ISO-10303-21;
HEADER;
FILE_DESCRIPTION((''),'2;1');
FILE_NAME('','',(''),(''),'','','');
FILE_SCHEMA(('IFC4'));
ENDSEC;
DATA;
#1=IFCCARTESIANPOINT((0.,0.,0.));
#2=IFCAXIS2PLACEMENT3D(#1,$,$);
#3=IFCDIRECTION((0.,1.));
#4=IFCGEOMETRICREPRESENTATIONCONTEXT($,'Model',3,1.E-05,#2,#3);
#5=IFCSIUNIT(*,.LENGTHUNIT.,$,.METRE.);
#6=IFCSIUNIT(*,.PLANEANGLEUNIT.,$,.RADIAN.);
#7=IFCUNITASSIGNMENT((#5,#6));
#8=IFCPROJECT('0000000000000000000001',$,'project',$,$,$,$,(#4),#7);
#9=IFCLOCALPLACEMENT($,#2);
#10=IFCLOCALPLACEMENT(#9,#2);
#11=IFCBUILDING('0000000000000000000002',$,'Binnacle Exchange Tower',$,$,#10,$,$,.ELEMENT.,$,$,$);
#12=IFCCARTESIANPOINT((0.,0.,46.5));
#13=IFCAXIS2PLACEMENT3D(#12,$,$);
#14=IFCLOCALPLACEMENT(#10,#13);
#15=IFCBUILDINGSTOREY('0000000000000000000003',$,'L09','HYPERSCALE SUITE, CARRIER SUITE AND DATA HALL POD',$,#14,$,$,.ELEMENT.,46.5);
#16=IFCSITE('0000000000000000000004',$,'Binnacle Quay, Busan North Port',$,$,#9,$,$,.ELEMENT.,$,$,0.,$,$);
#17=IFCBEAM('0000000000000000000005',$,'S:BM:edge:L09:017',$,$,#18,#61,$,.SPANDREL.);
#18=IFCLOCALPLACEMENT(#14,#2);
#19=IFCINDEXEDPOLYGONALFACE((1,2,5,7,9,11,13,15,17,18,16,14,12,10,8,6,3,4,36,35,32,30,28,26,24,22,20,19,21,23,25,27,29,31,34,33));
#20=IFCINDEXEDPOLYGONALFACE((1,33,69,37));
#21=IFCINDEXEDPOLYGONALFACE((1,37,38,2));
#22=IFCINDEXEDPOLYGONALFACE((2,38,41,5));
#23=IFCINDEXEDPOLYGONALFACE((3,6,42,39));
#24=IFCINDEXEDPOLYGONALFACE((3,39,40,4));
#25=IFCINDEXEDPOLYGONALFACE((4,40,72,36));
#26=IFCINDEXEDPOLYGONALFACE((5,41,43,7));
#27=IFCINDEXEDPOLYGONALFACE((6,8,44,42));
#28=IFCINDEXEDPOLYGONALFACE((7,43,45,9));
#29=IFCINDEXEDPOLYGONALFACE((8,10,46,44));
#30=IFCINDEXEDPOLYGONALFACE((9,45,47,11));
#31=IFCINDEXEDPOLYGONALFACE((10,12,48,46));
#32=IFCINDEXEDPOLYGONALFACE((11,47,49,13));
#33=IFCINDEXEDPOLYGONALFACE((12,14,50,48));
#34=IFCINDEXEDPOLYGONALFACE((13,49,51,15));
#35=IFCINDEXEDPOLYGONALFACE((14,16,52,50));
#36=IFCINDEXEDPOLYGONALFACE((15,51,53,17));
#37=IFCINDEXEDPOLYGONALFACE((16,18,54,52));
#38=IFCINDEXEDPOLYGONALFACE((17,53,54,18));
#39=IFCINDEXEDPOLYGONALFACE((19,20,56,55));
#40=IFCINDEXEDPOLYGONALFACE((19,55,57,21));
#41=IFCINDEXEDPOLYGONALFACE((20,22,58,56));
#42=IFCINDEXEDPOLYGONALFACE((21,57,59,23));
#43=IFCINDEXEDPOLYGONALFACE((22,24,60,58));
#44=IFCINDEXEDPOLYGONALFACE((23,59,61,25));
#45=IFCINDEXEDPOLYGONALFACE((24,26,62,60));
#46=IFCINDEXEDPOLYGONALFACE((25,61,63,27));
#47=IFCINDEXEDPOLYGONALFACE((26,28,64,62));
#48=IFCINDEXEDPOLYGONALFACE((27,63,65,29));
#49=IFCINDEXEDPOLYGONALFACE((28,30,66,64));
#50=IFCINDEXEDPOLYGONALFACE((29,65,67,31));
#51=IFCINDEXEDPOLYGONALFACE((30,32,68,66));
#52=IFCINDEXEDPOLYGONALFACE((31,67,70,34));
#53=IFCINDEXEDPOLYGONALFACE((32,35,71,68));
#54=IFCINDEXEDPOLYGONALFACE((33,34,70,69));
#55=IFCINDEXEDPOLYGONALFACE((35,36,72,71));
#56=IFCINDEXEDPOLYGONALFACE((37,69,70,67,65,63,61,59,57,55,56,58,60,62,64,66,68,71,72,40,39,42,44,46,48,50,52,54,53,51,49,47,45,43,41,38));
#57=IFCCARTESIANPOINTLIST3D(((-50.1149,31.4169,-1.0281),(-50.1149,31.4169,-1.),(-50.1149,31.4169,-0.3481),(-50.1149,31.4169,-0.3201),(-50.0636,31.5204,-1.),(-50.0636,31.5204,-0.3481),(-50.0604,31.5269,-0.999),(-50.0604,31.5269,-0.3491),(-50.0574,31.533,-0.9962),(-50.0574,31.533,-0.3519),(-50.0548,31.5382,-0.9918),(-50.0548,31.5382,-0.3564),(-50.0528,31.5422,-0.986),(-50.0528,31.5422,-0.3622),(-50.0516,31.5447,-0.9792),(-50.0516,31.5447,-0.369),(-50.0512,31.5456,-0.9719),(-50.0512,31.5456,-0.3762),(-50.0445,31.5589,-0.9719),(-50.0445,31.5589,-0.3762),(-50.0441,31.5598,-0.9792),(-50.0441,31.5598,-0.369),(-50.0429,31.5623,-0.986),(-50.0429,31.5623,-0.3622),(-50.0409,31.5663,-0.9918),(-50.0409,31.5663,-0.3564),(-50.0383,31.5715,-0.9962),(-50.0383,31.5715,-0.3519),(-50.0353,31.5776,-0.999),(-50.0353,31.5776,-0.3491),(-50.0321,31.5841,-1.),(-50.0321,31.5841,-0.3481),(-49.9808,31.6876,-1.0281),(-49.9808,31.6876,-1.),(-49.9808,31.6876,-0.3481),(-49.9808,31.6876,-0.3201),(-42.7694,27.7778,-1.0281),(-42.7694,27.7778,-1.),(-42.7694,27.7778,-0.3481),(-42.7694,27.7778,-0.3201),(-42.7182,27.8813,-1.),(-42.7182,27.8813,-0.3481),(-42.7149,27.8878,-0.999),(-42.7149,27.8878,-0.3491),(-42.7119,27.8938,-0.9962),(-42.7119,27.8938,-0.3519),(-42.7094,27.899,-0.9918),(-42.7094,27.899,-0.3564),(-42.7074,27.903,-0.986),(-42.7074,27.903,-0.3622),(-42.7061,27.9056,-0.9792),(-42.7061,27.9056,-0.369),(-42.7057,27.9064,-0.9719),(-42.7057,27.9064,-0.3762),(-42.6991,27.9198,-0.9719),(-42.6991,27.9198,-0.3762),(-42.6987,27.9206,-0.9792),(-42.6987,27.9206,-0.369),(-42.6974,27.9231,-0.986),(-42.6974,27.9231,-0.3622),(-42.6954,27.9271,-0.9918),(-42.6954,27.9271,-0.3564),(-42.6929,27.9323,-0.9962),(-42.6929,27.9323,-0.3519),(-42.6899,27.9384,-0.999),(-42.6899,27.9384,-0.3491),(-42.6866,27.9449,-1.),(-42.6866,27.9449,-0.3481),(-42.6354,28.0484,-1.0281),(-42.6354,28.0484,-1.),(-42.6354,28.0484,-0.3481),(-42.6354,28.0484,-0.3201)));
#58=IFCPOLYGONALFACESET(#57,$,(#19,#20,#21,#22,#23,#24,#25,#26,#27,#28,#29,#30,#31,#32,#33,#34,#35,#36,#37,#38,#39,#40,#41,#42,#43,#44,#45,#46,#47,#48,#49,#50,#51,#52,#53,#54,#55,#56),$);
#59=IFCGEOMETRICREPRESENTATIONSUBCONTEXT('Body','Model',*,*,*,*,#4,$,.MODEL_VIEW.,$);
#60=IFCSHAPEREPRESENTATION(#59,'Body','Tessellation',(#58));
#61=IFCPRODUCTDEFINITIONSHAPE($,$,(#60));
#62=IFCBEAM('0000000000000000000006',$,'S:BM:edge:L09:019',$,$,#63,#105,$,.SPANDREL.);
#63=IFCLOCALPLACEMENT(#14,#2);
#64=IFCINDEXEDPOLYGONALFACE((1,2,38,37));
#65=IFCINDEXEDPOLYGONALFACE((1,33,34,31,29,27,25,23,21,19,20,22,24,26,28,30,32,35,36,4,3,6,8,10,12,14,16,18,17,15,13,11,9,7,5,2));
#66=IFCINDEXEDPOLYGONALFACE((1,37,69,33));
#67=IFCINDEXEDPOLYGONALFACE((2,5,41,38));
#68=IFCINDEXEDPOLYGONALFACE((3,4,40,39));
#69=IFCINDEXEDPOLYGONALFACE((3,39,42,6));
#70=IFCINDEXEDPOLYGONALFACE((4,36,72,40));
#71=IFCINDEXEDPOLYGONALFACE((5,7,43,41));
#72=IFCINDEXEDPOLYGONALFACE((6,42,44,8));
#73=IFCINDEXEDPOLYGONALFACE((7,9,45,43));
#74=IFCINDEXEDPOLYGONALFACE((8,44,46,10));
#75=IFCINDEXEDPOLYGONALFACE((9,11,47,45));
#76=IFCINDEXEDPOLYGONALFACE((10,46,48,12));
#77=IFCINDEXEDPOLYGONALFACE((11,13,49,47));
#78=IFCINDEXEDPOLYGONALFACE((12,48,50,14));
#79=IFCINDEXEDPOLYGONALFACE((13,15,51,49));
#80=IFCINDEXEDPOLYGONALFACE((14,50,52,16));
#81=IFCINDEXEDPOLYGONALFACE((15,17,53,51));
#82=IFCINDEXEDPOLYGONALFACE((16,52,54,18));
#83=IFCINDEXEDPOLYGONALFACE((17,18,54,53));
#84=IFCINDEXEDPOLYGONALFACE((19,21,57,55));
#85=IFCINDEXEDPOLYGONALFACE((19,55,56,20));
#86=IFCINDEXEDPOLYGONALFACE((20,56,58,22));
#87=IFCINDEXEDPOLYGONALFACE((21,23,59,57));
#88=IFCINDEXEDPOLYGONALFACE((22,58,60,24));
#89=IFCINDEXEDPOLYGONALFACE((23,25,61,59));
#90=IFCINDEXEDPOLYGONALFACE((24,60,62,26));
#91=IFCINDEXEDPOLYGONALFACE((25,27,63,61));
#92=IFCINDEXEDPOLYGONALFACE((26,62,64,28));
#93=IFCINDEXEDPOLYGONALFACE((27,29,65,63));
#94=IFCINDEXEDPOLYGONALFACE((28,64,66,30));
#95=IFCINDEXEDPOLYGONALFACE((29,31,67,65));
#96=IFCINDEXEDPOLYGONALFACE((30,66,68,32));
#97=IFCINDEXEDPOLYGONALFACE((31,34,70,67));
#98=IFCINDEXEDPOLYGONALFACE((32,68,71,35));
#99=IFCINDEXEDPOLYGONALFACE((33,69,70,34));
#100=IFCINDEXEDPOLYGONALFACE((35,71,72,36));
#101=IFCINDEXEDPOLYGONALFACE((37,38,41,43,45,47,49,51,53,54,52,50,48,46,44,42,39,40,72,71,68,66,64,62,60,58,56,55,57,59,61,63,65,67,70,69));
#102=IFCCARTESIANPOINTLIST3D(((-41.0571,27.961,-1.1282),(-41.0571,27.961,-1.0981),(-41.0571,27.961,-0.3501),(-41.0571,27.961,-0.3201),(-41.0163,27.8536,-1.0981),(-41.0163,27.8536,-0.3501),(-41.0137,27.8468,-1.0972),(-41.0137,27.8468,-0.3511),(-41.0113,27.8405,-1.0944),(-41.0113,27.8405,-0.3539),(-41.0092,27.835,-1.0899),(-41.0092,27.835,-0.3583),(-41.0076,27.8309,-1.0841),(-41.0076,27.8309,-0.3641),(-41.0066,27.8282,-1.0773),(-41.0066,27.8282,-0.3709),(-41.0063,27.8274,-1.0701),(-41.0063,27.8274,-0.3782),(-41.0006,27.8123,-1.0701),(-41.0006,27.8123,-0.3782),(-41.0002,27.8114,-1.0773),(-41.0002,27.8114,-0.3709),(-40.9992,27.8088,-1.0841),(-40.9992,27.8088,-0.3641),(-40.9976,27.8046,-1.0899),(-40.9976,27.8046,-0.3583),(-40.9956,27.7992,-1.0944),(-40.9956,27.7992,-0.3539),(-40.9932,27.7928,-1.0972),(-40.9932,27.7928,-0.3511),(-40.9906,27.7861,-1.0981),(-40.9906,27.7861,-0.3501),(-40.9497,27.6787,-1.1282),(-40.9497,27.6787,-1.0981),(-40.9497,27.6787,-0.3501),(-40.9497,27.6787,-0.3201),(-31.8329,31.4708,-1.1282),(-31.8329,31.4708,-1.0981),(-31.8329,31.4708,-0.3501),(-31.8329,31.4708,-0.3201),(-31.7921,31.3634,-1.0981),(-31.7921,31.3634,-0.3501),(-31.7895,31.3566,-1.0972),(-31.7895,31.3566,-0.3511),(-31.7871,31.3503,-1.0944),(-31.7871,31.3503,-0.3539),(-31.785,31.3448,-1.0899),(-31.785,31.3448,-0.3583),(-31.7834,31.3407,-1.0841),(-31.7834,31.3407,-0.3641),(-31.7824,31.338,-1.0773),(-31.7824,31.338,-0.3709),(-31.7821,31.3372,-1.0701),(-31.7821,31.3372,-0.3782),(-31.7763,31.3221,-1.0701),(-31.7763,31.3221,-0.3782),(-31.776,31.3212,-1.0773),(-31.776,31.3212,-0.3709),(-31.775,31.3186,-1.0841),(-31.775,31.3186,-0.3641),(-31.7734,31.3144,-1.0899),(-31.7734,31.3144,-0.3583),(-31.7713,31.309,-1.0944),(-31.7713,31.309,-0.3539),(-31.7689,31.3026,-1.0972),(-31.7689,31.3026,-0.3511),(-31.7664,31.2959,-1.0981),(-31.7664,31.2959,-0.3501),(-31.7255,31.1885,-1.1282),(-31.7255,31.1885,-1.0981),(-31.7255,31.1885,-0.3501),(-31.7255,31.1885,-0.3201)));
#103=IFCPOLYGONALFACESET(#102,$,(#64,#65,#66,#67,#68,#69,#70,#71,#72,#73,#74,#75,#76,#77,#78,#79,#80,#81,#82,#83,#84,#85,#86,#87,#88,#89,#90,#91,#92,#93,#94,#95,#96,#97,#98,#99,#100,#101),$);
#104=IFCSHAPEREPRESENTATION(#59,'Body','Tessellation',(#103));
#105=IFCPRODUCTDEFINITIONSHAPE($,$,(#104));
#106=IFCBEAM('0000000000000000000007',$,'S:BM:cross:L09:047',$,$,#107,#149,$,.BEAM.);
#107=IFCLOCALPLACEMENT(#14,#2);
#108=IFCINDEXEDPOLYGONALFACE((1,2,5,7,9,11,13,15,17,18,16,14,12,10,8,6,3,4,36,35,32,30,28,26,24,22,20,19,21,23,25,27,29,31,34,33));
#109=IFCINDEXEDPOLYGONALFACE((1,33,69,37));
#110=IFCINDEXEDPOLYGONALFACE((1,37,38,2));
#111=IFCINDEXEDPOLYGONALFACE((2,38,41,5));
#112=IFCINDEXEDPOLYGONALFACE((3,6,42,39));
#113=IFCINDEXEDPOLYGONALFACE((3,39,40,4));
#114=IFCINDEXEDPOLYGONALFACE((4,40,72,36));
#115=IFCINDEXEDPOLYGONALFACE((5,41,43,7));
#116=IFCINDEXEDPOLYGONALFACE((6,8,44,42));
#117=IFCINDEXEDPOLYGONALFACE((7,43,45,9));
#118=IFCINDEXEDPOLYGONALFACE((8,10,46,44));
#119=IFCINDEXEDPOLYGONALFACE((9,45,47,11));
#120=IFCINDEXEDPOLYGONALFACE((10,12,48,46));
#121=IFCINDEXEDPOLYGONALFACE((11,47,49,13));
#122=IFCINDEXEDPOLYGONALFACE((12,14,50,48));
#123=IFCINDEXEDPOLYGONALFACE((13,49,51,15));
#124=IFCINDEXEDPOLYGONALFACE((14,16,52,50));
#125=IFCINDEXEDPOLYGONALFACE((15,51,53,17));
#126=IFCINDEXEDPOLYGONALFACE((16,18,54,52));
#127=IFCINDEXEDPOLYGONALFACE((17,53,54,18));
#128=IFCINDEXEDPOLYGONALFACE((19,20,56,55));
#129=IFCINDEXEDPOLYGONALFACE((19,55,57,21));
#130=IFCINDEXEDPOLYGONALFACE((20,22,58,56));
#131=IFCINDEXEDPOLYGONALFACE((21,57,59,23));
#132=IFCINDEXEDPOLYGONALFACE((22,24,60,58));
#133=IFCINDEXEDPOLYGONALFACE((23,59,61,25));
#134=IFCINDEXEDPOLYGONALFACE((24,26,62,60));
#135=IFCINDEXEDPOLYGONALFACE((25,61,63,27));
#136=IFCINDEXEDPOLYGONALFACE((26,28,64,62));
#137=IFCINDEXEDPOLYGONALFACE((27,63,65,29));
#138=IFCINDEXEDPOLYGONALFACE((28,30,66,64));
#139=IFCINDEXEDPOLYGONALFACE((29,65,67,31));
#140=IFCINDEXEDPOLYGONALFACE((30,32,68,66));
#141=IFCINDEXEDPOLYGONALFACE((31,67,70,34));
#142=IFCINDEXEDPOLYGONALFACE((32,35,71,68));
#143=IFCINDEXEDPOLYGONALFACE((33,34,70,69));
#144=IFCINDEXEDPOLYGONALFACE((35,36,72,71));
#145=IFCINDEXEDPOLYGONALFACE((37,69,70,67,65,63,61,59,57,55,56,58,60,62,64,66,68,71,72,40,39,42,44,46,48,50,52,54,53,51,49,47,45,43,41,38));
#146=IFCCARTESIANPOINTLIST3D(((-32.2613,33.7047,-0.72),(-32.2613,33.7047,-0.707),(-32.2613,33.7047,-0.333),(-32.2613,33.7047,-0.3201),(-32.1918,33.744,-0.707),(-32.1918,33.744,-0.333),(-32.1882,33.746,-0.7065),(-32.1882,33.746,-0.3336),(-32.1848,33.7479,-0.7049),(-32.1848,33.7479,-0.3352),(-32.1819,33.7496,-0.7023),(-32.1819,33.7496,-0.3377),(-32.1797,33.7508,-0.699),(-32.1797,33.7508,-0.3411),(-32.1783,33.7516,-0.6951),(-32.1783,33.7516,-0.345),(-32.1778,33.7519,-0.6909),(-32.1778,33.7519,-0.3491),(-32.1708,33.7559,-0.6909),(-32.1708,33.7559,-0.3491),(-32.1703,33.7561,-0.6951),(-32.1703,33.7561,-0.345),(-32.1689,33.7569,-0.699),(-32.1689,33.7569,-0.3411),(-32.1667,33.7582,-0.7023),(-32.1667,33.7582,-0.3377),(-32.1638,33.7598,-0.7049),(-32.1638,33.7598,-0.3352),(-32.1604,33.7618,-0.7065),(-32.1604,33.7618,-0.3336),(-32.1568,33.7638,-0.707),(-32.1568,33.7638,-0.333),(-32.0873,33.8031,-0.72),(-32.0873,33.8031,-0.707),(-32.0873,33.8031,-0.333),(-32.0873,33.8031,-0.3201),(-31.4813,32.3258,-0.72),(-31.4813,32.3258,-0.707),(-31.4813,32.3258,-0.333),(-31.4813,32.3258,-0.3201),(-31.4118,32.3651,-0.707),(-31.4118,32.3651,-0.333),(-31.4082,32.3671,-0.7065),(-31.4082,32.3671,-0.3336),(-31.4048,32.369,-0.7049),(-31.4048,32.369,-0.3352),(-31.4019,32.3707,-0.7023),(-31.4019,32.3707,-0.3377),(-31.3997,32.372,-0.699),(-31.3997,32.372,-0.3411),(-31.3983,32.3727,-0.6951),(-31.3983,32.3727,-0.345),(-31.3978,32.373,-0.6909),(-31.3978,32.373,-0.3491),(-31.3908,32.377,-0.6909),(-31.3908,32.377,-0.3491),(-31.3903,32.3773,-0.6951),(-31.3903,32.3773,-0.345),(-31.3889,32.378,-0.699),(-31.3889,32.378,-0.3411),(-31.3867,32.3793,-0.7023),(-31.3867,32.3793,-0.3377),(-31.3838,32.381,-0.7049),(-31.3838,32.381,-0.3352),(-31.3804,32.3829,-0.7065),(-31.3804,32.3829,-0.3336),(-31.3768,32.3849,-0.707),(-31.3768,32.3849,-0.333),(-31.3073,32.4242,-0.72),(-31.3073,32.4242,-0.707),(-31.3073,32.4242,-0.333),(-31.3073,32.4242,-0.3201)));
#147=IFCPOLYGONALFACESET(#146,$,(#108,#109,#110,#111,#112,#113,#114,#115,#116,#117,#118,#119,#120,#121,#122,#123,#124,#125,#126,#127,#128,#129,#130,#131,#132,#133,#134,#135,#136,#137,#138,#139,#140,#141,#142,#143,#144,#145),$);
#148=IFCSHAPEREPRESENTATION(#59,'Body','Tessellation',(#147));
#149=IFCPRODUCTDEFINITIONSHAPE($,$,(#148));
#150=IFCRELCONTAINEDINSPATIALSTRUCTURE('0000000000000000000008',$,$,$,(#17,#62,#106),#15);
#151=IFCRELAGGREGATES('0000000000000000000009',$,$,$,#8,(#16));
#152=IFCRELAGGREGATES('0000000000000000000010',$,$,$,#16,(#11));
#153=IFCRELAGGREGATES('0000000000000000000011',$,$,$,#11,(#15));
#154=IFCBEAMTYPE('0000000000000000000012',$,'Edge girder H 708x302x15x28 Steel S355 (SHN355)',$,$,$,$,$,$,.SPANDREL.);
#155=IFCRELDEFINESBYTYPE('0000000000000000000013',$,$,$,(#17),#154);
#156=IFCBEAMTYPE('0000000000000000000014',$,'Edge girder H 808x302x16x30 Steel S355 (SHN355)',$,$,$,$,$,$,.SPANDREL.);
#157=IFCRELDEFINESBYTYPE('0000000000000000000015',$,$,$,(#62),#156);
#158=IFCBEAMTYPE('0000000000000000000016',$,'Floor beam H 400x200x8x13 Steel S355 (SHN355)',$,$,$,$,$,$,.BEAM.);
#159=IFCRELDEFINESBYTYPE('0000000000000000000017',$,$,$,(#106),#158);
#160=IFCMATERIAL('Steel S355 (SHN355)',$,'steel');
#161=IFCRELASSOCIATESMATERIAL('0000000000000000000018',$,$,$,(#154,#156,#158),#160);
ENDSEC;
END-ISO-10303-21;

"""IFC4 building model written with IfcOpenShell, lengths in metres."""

from ifc_helpers import new_model, si_unit, direction, frame, origin, origin_2d, place, context, subcontext, project, spatial, i_section, extrude, material, material_profile, profile_set, type_object, element, save


model = new_model("IFC4")

# Units and contexts
model_context = context("Model", 3, precision=1e-05, world=origin(), true_north=direction((0.0, 1.0)))
body_context = subcontext(model_context, "Body", "Model", "MODEL_VIEW")
ifc_project = project(units=[si_unit("LENGTHUNIT", "METRE"), si_unit("PLANEANGLEUNIT", "RADIAN")], contexts=[model_context])

# Site, building, storey
site_placement = place(None, origin())
site = spatial("IfcSite", under=ifc_project, at=site_placement, Name="Binnacle Quay, Busan North Port", CompositionType="ELEMENT", RefElevation=0.0)
building_placement = place(site_placement, origin())
building = spatial("IfcBuilding", under=site, at=building_placement, Name="Binnacle Exchange Tower", CompositionType="ELEMENT")
storey_placement = place(building_placement, frame((0.0, 0.0, 46.5)))
storey = spatial("IfcBuildingStorey", under=building, at=storey_placement, Name="L09", Description="HYPERSCALE SUITE, CARRIER SUITE AND DATA HALL POD", CompositionType="ELEMENT", Elevation=46.5)

# Beams
ifc_material_1 = material(Name="Steel S355 (SHN355)", Category="steel")
ifc_material_profile_1 = material_profile(ifc_material_1, i_section(OverallWidth=0.302, OverallDepth=0.708, WebThickness=0.0149, FlangeThickness=0.0281, FilletRadius=0.0281, at=origin_2d()), Name="H 708x302x15x28")
ifc_profile_set_1 = profile_set([ifc_material_profile_1], Name="Steel S355 (SHN355)")
beam_type_1 = type_object("IfcBeamType", Name="Edge girder H 708x302x15x28 Steel S355 (SHN355)", PredefinedType="SPANDREL", material=ifc_profile_set_1)
beam_1_placement = place(storey_placement, frame((-50.0479, 31.5522, -0.6741), z_axis=(0.896059, -0.443935, 0.0), x_axis=(0.443935, 0.896059, 0.0)))
element("IfcBeam", 1, at=beam_1_placement, inside=storey, type_object=beam_type_1, Name="S:BM:edge:L09:017", PredefinedType="SPANDREL", context=body_context, shape_type="SweptSolid", body=[
    extrude(i_section(OverallWidth=0.302, OverallDepth=0.708, WebThickness=0.0149, FlangeThickness=0.0281, FilletRadius=0.0281, at=origin_2d()), origin(), (0.0, 0.0, 1.0), 8.1975),
])
ifc_material_profile_2 = material_profile(ifc_material_1, i_section(OverallWidth=0.302, OverallDepth=0.8081, WebThickness=0.0161, FlangeThickness=0.03, FilletRadius=0.0281, at=origin_2d()), Name="H 808x302x16x30")
ifc_profile_set_2 = profile_set([ifc_material_profile_2], Name="Steel S355 (SHN355)")
beam_type_2 = type_object("IfcBeamType", Name="Edge girder H 808x302x16x30 Steel S355 (SHN355)", PredefinedType="SPANDREL", material=ifc_profile_set_2)
beam_2_placement = place(storey_placement, frame((-41.0034, 27.8198, -0.7241), z_axis=(0.934629, 0.355625, 0.0), x_axis=(-0.355625, 0.934629, 0.0)))
element("IfcBeam", 2, at=beam_2_placement, inside=storey, type_object=beam_type_2, Name="S:BM:edge:L09:019", PredefinedType="SPANDREL", context=body_context, shape_type="SweptSolid", body=[
    extrude(i_section(OverallWidth=0.302, OverallDepth=0.8081, WebThickness=0.0161, FlangeThickness=0.03, FilletRadius=0.0281, at=origin_2d()), origin(), (0.0, 0.0, 1.0), 9.8694),
])
ifc_material_profile_3 = material_profile(ifc_material_1, i_section(OverallWidth=0.2, OverallDepth=0.3999, WebThickness=0.0081, FlangeThickness=0.0129, FilletRadius=0.0161, at=origin_2d()), Name="H 400x200x8x13")
ifc_profile_set_3 = profile_set([ifc_material_profile_3], Name="Steel S355 (SHN355)")
beam_type_3 = type_object("IfcBeamType", Name="Floor beam H 400x200x8x13 Steel S355 (SHN355)", PredefinedType="BEAM", material=ifc_profile_set_3)
beam_3_placement = place(storey_placement, frame((-31.3943, 32.375, -0.52), z_axis=(-0.492367, 0.870388, 0.0), x_axis=(-0.870388, -0.492367, 0.0)))
element("IfcBeam", 3, at=beam_3_placement, inside=storey, type_object=beam_type_3, Name="S:BM:cross:L09:047", PredefinedType="BEAM", context=body_context, shape_type="SweptSolid", body=[
    extrude(i_section(OverallWidth=0.2, OverallDepth=0.3999, WebThickness=0.0081, FlangeThickness=0.0129, FilletRadius=0.0161, at=origin_2d()), origin(), (0.0, 0.0, 1.0), 1.5842),
])

save(model, "model.ifc")
